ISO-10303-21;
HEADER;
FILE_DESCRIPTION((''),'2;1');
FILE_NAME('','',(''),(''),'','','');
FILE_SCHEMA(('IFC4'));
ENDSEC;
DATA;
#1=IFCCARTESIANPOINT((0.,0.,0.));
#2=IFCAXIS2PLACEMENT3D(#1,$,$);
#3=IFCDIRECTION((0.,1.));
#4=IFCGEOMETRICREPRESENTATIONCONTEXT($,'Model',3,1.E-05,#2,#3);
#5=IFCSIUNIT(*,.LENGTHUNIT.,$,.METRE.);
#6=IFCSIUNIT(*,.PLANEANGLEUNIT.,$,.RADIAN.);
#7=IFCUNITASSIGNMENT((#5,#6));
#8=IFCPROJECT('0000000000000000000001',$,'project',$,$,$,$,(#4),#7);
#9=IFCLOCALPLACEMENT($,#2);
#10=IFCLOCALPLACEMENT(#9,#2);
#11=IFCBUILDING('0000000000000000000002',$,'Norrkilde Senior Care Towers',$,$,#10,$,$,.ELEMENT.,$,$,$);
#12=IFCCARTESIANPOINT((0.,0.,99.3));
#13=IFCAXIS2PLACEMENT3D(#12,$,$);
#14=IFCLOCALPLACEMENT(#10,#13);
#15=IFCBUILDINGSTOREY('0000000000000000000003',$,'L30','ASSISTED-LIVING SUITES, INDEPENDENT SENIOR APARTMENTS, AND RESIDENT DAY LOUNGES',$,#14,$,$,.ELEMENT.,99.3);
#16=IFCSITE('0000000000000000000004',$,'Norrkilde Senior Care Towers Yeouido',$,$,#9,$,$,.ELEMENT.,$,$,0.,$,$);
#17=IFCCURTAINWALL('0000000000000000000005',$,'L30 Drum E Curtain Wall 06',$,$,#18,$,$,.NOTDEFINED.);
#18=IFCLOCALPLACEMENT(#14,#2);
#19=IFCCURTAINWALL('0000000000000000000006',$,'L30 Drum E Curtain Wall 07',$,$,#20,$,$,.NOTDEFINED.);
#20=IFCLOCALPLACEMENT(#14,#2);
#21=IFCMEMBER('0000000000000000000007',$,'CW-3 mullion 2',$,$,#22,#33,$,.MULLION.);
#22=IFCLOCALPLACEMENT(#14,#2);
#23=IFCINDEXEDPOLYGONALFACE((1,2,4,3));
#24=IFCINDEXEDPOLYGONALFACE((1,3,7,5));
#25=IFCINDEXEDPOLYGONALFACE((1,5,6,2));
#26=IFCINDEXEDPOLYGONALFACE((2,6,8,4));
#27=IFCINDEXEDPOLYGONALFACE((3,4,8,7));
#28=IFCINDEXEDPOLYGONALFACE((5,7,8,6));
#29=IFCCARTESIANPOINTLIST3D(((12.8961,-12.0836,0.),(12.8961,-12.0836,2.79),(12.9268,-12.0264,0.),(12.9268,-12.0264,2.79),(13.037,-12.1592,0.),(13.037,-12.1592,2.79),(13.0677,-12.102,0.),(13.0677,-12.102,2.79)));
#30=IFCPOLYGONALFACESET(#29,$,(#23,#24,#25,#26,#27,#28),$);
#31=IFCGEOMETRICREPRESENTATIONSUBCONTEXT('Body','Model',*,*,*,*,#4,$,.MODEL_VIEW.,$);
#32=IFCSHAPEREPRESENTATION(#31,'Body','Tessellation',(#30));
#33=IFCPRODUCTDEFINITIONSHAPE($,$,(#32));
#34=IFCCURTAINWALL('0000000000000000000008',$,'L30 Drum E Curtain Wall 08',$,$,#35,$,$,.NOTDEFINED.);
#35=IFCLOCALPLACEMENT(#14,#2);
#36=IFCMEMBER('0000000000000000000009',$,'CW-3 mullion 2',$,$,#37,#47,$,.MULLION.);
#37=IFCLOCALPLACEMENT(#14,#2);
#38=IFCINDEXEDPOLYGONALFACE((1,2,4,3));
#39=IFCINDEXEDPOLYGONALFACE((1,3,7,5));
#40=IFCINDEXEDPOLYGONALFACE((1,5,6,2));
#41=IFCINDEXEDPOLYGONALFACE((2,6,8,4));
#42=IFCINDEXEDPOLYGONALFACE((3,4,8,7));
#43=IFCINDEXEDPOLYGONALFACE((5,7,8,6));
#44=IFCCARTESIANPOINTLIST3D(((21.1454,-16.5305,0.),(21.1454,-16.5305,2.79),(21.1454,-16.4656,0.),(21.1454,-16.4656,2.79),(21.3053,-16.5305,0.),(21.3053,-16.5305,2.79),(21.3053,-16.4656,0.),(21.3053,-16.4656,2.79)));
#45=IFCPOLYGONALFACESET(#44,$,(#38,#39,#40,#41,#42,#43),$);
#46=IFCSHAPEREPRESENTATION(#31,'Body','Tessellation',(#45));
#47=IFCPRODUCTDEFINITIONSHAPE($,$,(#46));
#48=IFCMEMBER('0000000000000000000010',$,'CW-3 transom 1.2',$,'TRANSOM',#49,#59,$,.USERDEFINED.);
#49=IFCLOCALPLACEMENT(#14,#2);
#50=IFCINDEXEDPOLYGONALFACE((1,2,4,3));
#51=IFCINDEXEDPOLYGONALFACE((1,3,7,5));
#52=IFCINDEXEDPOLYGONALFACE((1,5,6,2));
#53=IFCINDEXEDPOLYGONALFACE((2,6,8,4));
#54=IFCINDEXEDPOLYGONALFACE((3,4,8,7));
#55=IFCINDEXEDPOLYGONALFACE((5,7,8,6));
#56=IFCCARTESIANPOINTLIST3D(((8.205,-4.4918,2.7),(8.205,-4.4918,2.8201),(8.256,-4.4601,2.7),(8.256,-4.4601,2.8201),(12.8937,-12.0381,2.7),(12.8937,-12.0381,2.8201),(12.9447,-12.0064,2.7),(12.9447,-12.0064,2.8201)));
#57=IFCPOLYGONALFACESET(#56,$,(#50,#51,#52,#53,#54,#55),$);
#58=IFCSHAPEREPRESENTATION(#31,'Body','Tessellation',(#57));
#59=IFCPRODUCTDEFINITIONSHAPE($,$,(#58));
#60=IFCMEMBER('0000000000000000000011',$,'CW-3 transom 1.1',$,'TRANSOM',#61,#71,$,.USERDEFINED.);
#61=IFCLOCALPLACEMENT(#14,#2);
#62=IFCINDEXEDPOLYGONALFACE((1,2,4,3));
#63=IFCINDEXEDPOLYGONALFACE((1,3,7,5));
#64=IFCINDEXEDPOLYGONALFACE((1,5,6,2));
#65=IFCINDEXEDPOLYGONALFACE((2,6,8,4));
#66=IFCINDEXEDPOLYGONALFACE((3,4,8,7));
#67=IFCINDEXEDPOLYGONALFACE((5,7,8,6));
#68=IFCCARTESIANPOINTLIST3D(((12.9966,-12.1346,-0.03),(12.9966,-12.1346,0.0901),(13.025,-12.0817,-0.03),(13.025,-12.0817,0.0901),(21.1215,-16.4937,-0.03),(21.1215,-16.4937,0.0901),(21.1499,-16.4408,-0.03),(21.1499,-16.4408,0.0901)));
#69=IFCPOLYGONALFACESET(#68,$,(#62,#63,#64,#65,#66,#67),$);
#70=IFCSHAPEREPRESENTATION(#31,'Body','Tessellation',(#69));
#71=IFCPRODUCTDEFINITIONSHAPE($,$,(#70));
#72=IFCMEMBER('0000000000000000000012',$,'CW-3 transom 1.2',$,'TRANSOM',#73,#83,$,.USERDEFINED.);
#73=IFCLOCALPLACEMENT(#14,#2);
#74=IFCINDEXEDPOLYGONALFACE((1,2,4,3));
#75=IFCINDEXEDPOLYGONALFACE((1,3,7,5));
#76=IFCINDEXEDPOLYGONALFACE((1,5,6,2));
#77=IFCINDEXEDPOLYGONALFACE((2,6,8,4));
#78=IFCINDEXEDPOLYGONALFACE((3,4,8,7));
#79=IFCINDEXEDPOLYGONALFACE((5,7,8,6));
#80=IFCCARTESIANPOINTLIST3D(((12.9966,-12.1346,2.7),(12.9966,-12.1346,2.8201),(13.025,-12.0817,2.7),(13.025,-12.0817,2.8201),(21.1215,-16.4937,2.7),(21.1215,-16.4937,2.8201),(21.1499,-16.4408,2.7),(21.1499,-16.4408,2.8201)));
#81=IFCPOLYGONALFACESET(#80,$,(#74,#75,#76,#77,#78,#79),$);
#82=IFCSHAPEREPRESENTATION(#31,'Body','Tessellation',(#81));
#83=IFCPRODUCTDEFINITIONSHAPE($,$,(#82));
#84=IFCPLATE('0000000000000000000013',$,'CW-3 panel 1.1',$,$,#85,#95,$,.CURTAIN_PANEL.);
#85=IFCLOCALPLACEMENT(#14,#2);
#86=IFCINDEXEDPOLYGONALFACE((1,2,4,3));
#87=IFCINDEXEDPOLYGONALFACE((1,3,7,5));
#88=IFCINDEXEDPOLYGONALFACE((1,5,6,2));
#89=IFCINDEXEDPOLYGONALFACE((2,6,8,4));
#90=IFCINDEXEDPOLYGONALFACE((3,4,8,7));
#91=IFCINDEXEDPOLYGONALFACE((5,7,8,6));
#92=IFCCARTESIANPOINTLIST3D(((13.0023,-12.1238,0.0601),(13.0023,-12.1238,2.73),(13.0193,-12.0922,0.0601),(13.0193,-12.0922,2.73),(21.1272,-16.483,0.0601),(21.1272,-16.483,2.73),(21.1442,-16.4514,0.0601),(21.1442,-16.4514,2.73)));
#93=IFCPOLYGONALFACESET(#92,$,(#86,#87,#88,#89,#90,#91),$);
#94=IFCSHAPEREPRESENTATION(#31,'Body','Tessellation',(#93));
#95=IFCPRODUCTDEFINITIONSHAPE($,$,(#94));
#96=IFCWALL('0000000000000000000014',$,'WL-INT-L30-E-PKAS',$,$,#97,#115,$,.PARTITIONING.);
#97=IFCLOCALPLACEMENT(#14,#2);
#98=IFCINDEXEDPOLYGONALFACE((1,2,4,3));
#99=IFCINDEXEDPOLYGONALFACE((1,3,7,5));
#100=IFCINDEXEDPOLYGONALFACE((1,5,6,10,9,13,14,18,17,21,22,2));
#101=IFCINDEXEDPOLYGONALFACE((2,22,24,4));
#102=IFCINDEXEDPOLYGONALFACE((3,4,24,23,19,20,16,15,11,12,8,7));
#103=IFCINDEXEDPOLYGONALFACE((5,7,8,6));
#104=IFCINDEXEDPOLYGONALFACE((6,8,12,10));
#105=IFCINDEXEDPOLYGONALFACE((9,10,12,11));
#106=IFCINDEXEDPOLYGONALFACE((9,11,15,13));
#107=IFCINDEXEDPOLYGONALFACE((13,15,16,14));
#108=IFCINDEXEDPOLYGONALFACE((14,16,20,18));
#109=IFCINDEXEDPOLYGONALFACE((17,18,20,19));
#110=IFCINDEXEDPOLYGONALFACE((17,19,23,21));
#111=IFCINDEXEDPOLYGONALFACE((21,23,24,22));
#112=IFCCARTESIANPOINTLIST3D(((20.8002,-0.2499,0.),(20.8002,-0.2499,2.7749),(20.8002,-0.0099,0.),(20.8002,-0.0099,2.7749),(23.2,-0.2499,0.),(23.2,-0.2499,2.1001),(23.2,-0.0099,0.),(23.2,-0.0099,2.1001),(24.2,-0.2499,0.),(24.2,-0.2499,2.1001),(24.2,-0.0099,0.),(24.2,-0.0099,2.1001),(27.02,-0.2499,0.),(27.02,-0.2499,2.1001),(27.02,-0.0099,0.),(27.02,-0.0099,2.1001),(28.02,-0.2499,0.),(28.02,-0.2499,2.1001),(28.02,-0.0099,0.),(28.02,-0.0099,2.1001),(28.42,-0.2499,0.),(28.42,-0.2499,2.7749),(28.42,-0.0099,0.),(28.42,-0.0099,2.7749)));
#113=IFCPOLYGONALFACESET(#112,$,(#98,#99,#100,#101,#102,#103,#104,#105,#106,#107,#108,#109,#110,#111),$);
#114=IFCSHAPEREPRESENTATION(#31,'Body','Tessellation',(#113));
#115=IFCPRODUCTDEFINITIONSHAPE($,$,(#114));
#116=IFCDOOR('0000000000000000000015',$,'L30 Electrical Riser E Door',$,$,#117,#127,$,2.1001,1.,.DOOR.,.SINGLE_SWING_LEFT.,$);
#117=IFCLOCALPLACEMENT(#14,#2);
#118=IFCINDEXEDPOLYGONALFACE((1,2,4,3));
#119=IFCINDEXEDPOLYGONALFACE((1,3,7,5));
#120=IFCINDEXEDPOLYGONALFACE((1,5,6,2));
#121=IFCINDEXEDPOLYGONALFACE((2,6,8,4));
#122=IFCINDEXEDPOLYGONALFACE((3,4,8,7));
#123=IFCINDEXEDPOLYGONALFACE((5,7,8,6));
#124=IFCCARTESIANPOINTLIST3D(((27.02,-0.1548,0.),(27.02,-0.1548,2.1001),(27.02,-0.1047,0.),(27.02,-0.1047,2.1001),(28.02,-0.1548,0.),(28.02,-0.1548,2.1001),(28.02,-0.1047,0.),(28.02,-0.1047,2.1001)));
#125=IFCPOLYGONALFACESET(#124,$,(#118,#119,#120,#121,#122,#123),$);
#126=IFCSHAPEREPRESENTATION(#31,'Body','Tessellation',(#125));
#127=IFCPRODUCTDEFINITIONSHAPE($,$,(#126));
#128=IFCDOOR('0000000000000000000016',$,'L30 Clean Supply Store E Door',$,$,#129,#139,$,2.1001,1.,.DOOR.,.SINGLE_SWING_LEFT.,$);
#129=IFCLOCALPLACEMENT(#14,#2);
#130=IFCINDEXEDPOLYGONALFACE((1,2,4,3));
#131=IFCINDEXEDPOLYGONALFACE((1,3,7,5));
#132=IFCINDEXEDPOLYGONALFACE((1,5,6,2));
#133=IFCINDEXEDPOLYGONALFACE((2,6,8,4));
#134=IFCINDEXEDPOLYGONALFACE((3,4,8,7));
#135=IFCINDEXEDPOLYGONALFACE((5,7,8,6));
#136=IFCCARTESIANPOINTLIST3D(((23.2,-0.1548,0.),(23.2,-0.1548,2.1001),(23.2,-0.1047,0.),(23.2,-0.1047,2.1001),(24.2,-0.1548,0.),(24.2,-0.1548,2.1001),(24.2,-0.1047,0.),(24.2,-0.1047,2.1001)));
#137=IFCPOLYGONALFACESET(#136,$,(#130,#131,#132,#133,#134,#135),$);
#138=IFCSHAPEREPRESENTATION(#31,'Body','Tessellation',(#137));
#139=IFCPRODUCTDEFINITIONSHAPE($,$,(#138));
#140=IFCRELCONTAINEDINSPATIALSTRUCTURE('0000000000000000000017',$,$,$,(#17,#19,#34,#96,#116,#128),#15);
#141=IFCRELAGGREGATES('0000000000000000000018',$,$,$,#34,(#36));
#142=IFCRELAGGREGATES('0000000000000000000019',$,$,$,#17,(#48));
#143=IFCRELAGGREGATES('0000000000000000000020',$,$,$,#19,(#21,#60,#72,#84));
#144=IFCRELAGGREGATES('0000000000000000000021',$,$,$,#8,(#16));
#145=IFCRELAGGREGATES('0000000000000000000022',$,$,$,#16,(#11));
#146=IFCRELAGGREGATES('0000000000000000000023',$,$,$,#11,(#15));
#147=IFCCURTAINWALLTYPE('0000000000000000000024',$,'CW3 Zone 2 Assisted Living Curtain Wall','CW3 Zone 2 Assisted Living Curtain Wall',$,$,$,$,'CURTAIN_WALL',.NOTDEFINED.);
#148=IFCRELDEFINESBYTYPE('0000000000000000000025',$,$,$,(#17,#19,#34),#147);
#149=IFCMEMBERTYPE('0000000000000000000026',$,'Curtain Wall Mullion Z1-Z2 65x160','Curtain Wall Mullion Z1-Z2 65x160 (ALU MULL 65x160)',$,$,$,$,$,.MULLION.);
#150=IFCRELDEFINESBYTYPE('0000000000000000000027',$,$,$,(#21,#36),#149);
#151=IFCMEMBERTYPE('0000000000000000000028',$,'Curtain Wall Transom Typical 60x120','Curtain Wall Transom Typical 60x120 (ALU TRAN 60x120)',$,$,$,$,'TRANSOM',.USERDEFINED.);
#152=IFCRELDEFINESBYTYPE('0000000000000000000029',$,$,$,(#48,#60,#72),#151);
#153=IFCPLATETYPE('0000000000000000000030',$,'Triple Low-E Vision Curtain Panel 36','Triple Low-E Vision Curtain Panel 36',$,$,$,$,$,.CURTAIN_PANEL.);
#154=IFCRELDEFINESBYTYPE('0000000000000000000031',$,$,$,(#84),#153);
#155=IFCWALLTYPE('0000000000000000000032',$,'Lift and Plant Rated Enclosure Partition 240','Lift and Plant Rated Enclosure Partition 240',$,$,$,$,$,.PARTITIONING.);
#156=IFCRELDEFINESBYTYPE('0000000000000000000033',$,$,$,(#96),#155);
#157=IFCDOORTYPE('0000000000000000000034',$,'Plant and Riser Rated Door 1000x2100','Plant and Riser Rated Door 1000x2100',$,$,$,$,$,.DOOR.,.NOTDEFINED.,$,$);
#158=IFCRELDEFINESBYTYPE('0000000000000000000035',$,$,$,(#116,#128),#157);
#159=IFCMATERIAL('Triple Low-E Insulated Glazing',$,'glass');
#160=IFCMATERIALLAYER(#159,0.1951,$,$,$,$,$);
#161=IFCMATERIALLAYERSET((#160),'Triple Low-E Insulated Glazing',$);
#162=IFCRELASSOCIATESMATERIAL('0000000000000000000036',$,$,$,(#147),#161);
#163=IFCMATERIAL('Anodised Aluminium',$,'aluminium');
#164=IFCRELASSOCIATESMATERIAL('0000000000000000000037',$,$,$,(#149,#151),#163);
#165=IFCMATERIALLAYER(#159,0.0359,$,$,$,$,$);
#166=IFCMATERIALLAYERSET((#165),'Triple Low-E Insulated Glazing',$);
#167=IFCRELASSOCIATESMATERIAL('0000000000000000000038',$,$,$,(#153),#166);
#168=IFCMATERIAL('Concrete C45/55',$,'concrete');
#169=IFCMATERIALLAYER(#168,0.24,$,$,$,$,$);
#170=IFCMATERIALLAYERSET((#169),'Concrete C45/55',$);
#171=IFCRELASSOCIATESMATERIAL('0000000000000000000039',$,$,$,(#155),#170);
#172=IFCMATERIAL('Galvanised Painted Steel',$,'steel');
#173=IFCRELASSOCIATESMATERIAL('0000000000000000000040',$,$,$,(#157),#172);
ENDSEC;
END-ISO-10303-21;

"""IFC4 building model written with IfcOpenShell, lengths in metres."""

from ifc_helpers import new_model, si_unit, direction, frame, frame_2d, origin, origin_2d, place, context, subcontext, project, spatial, rectangle, extrude, source, transform, mapped, material, layer, layer_set, material_profile, profile_set, type_object, type_shapes, element, fill, aggregate, save


model = new_model("IFC4")

# Units and contexts
model_context = context("Model", 3, precision=1e-05, world=origin(), true_north=direction((0.0, 1.0)))
body_context = subcontext(model_context, "Body", "Model", "MODEL_VIEW")
ifc_project = project(units=[si_unit("LENGTHUNIT", "METRE"), si_unit("PLANEANGLEUNIT", "RADIAN")], contexts=[model_context])

# Site, building, storey
site_placement = place(None, origin())
site = spatial("IfcSite", under=ifc_project, at=site_placement, Name="Norrkilde Senior Care Towers Yeouido", CompositionType="ELEMENT", RefElevation=0.0)
building_placement = place(site_placement, origin())
building = spatial("IfcBuilding", under=site, at=building_placement, Name="Norrkilde Senior Care Towers", CompositionType="ELEMENT")
storey_placement = place(building_placement, frame((0.0, 0.0, 99.3)))
storey = spatial("IfcBuildingStorey", under=building, at=storey_placement, Name="L30", Description="ASSISTED-LIVING SUITES, INDEPENDENT SENIOR APARTMENTS, AND RESIDENT DAY LOUNGES", CompositionType="ELEMENT", Elevation=99.3)

# Curtain wall
ifc_material_1 = material(Name="Triple Low-E Insulated Glazing", Category="glass")
ifc_layer_1 = layer(ifc_material_1, 0.1951)
ifc_layer_set_1 = layer_set([ifc_layer_1], Name="Triple Low-E Insulated Glazing")
curtain_wall_type = type_object("IfcCurtainWallType", Name="CW3 Zone 2 Assisted Living Curtain Wall", Description="CW3 Zone 2 Assisted Living Curtain Wall", ElementType="CURTAIN_WALL", PredefinedType="NOTDEFINED", material=ifc_layer_set_1)
curtain_wall_1_placement = place(storey_placement, origin())
curtain_wall_1 = element("IfcCurtainWall", 1, at=curtain_wall_1_placement, inside=storey, type_object=curtain_wall_type, Name="L30 Drum E Curtain Wall 06", PredefinedType="NOTDEFINED")
ifc_material_2 = material(Name="Anodised Aluminium", Category="aluminium")
ifc_material_profile_1 = material_profile(ifc_material_2, rectangle(XDim=0.0649, YDim=0.1599, at=origin_2d()), Name="ALU MULL 65x160")
ifc_profile_set_1 = profile_set([ifc_material_profile_1], Name="Anodised Aluminium")
member_type_1 = type_object("IfcMemberType", Name="Curtain Wall Mullion Z1-Z2 65x160", Description="Curtain Wall Mullion Z1-Z2 65x160 (ALU MULL 65x160)", PredefinedType="MULLION", material=ifc_profile_set_1)
shared_shape_1 = source(origin(), body_context, "Body", "SweptSolid", [
    extrude(rectangle(XDim=0.0649, YDim=0.1599, at=origin_2d()), origin(), (0.0, 0.0, 1.0), 2.79),
])
type_shapes(member_type_1, [shared_shape_1])

# Curtain wall, member
curtain_wall_2_placement = place(storey_placement, origin())
curtain_wall_2 = element("IfcCurtainWall", 2, at=curtain_wall_2_placement, inside=storey, type_object=curtain_wall_type, Name="L30 Drum E Curtain Wall 07", PredefinedType="NOTDEFINED")
member_1_placement = place(storey_placement, frame((12.9819, -12.0928, 0.0), z_axis=(0.0, 0.0, 1.0), x_axis=(-0.472769, -0.881186, 0.0)))
member_1 = element("IfcMember", 3, at=member_1_placement, type_object=member_type_1, Name="CW-3 mullion 2", PredefinedType="MULLION", context=body_context, shape_type="MappedRepresentation", body=[
    mapped(shared_shape_1, transform((0.0, 0.0, 0.0), x_axis=(1.0, 0.0, 0.0), y_axis=(0.0, 1.0, 0.0), z_axis=(0.0, 0.0, 1.0), scale=1.0)),
])

# Curtain wall, member
curtain_wall_3_placement = place(storey_placement, origin())
curtain_wall_3 = element("IfcCurtainWall", 4, at=curtain_wall_3_placement, inside=storey, type_object=curtain_wall_type, Name="L30 Drum E Curtain Wall 08", PredefinedType="NOTDEFINED")
member_2_placement = place(storey_placement, frame((21.2253, -16.498, 0.0), z_axis=(0.0, 0.0, 1.0), x_axis=(0.0, -1.0, 0.0)))
member_2 = element("IfcMember", 5, at=member_2_placement, type_object=member_type_1, Name="CW-3 mullion 2", PredefinedType="MULLION", context=body_context, shape_type="MappedRepresentation", body=[
    mapped(shared_shape_1, transform((0.0, 0.0, 0.0), x_axis=(1.0, 0.0, 0.0), y_axis=(0.0, 1.0, 0.0), z_axis=(0.0, 0.0, 1.0), scale=1.0)),
])
aggregate(curtain_wall_3, [member_2])

# Members
ifc_material_profile_2 = material_profile(ifc_material_2, rectangle(XDim=0.0601, YDim=0.1201, at=origin_2d()), Name="ALU TRAN 60x120")
ifc_profile_set_2 = profile_set([ifc_material_profile_2], Name="Anodised Aluminium")
member_type_2 = type_object("IfcMemberType", Name="Curtain Wall Transom Typical 60x120", Description="Curtain Wall Transom Typical 60x120 (ALU TRAN 60x120)", ElementType="TRANSOM", PredefinedType="USERDEFINED", material=ifc_profile_set_2)
shared_shape_2 = source(origin(), body_context, "Body", "SweptSolid", [
    extrude(rectangle(XDim=0.0601, YDim=0.1201, at=origin_2d()), origin(), (0.0, 0.0, 1.0), 8.8843),
])
member_3_placement = place(storey_placement, frame((12.9192, -12.0222, 2.76), z_axis=(-0.527749, 0.8494, 0.0), x_axis=(-0.8494, -0.527749, 0.0)))
member_3 = element("IfcMember", 6, at=member_3_placement, type_object=member_type_2, Name="CW-3 transom 1.2", ObjectType="TRANSOM", PredefinedType="USERDEFINED", context=body_context, shape_type="MappedRepresentation", body=[
    mapped(shared_shape_2, transform((0.0, 0.0, 0.0), x_axis=(1.0, 0.0, 0.0), y_axis=(0.0, 1.0, 0.0), z_axis=(0.0, 0.0, 1.0), scale=1.0)),
])
aggregate(curtain_wall_1, [member_3])
shared_shape_3 = source(origin(), body_context, "Body", "SweptSolid", [
    extrude(rectangle(XDim=0.0601, YDim=0.1201, at=origin_2d()), origin(), (0.0, 0.0, 1.0), 9.2205),
])
type_shapes(member_type_2, [shared_shape_2, shared_shape_3])
member_4_placement = place(storey_placement, frame((21.1357, -16.4673, 0.03), z_axis=(-0.881189, 0.472765, 0.0), x_axis=(-0.472765, -0.881189, 0.0)))
member_4 = element("IfcMember", 7, at=member_4_placement, type_object=member_type_2, Name="CW-3 transom 1.1", ObjectType="TRANSOM", PredefinedType="USERDEFINED", context=body_context, shape_type="MappedRepresentation", body=[
    mapped(shared_shape_3, transform((0.0, 0.0, 0.0), x_axis=(1.0, 0.0, 0.0), y_axis=(0.0, 1.0, 0.0), z_axis=(0.0, 0.0, 1.0), scale=1.0)),
])
member_5_placement = place(storey_placement, frame((21.1357, -16.4673, 2.76), z_axis=(-0.881189, 0.472765, 0.0), x_axis=(-0.472765, -0.881189, 0.0)))
member_5 = element("IfcMember", 8, at=member_5_placement, type_object=member_type_2, Name="CW-3 transom 1.2", ObjectType="TRANSOM", PredefinedType="USERDEFINED", context=body_context, shape_type="MappedRepresentation", body=[
    mapped(shared_shape_3, transform((0.0, 0.0, 0.0), x_axis=(1.0, 0.0, 0.0), y_axis=(0.0, 1.0, 0.0), z_axis=(0.0, 0.0, 1.0), scale=1.0)),
])

# Plate
ifc_layer_2 = layer(ifc_material_1, 0.0359)
ifc_layer_set_2 = layer_set([ifc_layer_2], Name="Triple Low-E Insulated Glazing")
plate_type = type_object("IfcPlateType", Name="Triple Low-E Vision Curtain Panel 36", Description="Triple Low-E Vision Curtain Panel 36", PredefinedType="CURTAIN_PANEL", material=ifc_layer_set_2)
shared_shape_4 = source(origin(), body_context, "Body", "SweptSolid", [
    extrude(rectangle(XDim=9.2205, YDim=0.0359, at=origin_2d()), origin(), (0.0, 0.0, 1.0), 2.6699),
])
type_shapes(plate_type, [shared_shape_4])
plate_placement = place(storey_placement, frame((17.0732, -14.2876, 0.0601), z_axis=(0.0, 0.0, 1.0), x_axis=(-0.881186, 0.472769, 0.0)))
plate = element("IfcPlate", 9, at=plate_placement, type_object=plate_type, Name="CW-3 panel 1.1", PredefinedType="CURTAIN_PANEL", context=body_context, shape_type="MappedRepresentation", body=[
    mapped(shared_shape_4, transform((0.0, 0.0, 0.0), x_axis=(1.0, 0.0, 0.0), y_axis=(0.0, 1.0, 0.0), z_axis=(0.0, 0.0, 1.0), scale=1.0)),
])
aggregate(curtain_wall_2, [member_1, member_4, member_5, plate])

# Shared definitions
ifc_material_3 = material(Name="Galvanised Painted Steel", Category="steel")

# Wall, openings, doors
ifc_material_4 = material(Name="Concrete C45/55", Category="concrete")
ifc_layer_3 = layer(ifc_material_4, 0.24)
ifc_layer_set_3 = layer_set([ifc_layer_3], Name="Concrete C45/55")
wall_type_1 = type_object("IfcWallType", Name="Lift and Plant Rated Enclosure Partition 240", Description="Lift and Plant Rated Enclosure Partition 240", PredefinedType="PARTITIONING", material=ifc_layer_set_3)
shared_shape_5 = source(origin(), body_context, "Body", "SweptSolid", [
    extrude(rectangle(XDim=7.6199, YDim=0.24, at=frame_2d((3.8101, 0.0))), origin(), (0.0, 0.0, 1.0), 2.7749),
])
type_shapes(wall_type_1, [shared_shape_5])
wall_1_placement = place(storey_placement, frame((20.8, -0.1299, 0.0), z_axis=(0.0, 0.0, 1.0), x_axis=(1.0, 0.0, 0.0)))
wall_1 = element("IfcWall", 10, at=wall_1_placement, inside=storey, type_object=wall_type_1, Name="WL-INT-L30-E-PKAS", PredefinedType="PARTITIONING", context=body_context, shape_type="MappedRepresentation", body=[
    mapped(shared_shape_5, transform((0.0, 0.0, 0.0), x_axis=(1.0, 0.0, 0.0), y_axis=(0.0, 1.0, 0.0), z_axis=(0.0, 0.0, 1.0), scale=1.0)),
])
opening_1_placement = place(wall_1_placement, frame((6.22, 0.0, 0.0)))
opening_1 = element("IfcOpeningElement", 11, at=opening_1_placement, cuts=wall_1, PredefinedType="OPENING", context=body_context, shape_type="SweptSolid", body=[
    extrude(rectangle(XDim=1.0, YDim=2.1001, at=frame_2d((0.5, 1.05))), frame((0.0, 0.1299, 0.0), z_axis=(0.0, -1.0, 0.0), x_axis=(1.0, 0.0, 0.0)), (0.0, 0.0, 1.0), 0.26),
])
opening_2_placement = place(wall_1_placement, frame((2.3999, 0.0, 0.0)))
opening_2 = element("IfcOpeningElement", 12, at=opening_2_placement, cuts=wall_1, PredefinedType="OPENING", context=body_context, shape_type="SweptSolid", body=[
    extrude(rectangle(XDim=1.0, YDim=2.1001, at=frame_2d((0.5, 1.05))), frame((0.0, 0.1299, 0.0), z_axis=(0.0, -1.0, 0.0), x_axis=(1.0, 0.0, 0.0)), (0.0, 0.0, 1.0), 0.26),
])
door_type_1 = type_object("IfcDoorType", Name="Plant and Riser Rated Door 1000x2100", Description="Plant and Riser Rated Door 1000x2100", OperationType="NOTDEFINED", PredefinedType="DOOR", material=ifc_material_3)
shared_shape_6 = source(origin(), body_context, "Body", "SweptSolid", [
    extrude(rectangle(XDim=1.0, YDim=2.1001, at=frame_2d((0.5, 1.05))), frame((0.0, 0.0249, 0.0), z_axis=(0.0, -1.0, 0.0), x_axis=(1.0, 0.0, 0.0)), (0.0, 0.0, 1.0), 0.05),
])
type_shapes(door_type_1, [shared_shape_6])
door_1_placement = place(opening_1_placement, frame((1.0, 0.0, 0.0), z_axis=(0.0, 0.0, 1.0), x_axis=(-1.0, 0.0, 0.0)))
door_1 = element("IfcDoor", 13, at=door_1_placement, inside=storey, type_object=door_type_1, Name="L30 Electrical Riser E Door", OperationType="SINGLE_SWING_LEFT", OverallHeight=2.1001, OverallWidth=1.0, PredefinedType="DOOR", context=body_context, shape_type="MappedRepresentation", body=[
    mapped(shared_shape_6, transform((0.0, 0.0, 0.0), x_axis=(1.0, 0.0, 0.0), y_axis=(0.0, 1.0, 0.0), z_axis=(0.0, 0.0, 1.0), scale=1.0)),
])
fill(opening_1, door_1)
door_2_placement = place(opening_2_placement, frame((1.0, 0.0, 0.0), z_axis=(0.0, 0.0, 1.0), x_axis=(-1.0, 0.0, 0.0)))
door_2 = element("IfcDoor", 14, at=door_2_placement, inside=storey, type_object=door_type_1, Name="L30 Clean Supply Store E Door", OperationType="SINGLE_SWING_LEFT", OverallHeight=2.1001, OverallWidth=1.0, PredefinedType="DOOR", context=body_context, shape_type="MappedRepresentation", body=[
    mapped(shared_shape_6, transform((0.0, 0.0, 0.0), x_axis=(1.0, 0.0, 0.0), y_axis=(0.0, 1.0, 0.0), z_axis=(0.0, 0.0, 1.0), scale=1.0)),
])
fill(opening_2, door_2)

save(model, "model.ifc")
